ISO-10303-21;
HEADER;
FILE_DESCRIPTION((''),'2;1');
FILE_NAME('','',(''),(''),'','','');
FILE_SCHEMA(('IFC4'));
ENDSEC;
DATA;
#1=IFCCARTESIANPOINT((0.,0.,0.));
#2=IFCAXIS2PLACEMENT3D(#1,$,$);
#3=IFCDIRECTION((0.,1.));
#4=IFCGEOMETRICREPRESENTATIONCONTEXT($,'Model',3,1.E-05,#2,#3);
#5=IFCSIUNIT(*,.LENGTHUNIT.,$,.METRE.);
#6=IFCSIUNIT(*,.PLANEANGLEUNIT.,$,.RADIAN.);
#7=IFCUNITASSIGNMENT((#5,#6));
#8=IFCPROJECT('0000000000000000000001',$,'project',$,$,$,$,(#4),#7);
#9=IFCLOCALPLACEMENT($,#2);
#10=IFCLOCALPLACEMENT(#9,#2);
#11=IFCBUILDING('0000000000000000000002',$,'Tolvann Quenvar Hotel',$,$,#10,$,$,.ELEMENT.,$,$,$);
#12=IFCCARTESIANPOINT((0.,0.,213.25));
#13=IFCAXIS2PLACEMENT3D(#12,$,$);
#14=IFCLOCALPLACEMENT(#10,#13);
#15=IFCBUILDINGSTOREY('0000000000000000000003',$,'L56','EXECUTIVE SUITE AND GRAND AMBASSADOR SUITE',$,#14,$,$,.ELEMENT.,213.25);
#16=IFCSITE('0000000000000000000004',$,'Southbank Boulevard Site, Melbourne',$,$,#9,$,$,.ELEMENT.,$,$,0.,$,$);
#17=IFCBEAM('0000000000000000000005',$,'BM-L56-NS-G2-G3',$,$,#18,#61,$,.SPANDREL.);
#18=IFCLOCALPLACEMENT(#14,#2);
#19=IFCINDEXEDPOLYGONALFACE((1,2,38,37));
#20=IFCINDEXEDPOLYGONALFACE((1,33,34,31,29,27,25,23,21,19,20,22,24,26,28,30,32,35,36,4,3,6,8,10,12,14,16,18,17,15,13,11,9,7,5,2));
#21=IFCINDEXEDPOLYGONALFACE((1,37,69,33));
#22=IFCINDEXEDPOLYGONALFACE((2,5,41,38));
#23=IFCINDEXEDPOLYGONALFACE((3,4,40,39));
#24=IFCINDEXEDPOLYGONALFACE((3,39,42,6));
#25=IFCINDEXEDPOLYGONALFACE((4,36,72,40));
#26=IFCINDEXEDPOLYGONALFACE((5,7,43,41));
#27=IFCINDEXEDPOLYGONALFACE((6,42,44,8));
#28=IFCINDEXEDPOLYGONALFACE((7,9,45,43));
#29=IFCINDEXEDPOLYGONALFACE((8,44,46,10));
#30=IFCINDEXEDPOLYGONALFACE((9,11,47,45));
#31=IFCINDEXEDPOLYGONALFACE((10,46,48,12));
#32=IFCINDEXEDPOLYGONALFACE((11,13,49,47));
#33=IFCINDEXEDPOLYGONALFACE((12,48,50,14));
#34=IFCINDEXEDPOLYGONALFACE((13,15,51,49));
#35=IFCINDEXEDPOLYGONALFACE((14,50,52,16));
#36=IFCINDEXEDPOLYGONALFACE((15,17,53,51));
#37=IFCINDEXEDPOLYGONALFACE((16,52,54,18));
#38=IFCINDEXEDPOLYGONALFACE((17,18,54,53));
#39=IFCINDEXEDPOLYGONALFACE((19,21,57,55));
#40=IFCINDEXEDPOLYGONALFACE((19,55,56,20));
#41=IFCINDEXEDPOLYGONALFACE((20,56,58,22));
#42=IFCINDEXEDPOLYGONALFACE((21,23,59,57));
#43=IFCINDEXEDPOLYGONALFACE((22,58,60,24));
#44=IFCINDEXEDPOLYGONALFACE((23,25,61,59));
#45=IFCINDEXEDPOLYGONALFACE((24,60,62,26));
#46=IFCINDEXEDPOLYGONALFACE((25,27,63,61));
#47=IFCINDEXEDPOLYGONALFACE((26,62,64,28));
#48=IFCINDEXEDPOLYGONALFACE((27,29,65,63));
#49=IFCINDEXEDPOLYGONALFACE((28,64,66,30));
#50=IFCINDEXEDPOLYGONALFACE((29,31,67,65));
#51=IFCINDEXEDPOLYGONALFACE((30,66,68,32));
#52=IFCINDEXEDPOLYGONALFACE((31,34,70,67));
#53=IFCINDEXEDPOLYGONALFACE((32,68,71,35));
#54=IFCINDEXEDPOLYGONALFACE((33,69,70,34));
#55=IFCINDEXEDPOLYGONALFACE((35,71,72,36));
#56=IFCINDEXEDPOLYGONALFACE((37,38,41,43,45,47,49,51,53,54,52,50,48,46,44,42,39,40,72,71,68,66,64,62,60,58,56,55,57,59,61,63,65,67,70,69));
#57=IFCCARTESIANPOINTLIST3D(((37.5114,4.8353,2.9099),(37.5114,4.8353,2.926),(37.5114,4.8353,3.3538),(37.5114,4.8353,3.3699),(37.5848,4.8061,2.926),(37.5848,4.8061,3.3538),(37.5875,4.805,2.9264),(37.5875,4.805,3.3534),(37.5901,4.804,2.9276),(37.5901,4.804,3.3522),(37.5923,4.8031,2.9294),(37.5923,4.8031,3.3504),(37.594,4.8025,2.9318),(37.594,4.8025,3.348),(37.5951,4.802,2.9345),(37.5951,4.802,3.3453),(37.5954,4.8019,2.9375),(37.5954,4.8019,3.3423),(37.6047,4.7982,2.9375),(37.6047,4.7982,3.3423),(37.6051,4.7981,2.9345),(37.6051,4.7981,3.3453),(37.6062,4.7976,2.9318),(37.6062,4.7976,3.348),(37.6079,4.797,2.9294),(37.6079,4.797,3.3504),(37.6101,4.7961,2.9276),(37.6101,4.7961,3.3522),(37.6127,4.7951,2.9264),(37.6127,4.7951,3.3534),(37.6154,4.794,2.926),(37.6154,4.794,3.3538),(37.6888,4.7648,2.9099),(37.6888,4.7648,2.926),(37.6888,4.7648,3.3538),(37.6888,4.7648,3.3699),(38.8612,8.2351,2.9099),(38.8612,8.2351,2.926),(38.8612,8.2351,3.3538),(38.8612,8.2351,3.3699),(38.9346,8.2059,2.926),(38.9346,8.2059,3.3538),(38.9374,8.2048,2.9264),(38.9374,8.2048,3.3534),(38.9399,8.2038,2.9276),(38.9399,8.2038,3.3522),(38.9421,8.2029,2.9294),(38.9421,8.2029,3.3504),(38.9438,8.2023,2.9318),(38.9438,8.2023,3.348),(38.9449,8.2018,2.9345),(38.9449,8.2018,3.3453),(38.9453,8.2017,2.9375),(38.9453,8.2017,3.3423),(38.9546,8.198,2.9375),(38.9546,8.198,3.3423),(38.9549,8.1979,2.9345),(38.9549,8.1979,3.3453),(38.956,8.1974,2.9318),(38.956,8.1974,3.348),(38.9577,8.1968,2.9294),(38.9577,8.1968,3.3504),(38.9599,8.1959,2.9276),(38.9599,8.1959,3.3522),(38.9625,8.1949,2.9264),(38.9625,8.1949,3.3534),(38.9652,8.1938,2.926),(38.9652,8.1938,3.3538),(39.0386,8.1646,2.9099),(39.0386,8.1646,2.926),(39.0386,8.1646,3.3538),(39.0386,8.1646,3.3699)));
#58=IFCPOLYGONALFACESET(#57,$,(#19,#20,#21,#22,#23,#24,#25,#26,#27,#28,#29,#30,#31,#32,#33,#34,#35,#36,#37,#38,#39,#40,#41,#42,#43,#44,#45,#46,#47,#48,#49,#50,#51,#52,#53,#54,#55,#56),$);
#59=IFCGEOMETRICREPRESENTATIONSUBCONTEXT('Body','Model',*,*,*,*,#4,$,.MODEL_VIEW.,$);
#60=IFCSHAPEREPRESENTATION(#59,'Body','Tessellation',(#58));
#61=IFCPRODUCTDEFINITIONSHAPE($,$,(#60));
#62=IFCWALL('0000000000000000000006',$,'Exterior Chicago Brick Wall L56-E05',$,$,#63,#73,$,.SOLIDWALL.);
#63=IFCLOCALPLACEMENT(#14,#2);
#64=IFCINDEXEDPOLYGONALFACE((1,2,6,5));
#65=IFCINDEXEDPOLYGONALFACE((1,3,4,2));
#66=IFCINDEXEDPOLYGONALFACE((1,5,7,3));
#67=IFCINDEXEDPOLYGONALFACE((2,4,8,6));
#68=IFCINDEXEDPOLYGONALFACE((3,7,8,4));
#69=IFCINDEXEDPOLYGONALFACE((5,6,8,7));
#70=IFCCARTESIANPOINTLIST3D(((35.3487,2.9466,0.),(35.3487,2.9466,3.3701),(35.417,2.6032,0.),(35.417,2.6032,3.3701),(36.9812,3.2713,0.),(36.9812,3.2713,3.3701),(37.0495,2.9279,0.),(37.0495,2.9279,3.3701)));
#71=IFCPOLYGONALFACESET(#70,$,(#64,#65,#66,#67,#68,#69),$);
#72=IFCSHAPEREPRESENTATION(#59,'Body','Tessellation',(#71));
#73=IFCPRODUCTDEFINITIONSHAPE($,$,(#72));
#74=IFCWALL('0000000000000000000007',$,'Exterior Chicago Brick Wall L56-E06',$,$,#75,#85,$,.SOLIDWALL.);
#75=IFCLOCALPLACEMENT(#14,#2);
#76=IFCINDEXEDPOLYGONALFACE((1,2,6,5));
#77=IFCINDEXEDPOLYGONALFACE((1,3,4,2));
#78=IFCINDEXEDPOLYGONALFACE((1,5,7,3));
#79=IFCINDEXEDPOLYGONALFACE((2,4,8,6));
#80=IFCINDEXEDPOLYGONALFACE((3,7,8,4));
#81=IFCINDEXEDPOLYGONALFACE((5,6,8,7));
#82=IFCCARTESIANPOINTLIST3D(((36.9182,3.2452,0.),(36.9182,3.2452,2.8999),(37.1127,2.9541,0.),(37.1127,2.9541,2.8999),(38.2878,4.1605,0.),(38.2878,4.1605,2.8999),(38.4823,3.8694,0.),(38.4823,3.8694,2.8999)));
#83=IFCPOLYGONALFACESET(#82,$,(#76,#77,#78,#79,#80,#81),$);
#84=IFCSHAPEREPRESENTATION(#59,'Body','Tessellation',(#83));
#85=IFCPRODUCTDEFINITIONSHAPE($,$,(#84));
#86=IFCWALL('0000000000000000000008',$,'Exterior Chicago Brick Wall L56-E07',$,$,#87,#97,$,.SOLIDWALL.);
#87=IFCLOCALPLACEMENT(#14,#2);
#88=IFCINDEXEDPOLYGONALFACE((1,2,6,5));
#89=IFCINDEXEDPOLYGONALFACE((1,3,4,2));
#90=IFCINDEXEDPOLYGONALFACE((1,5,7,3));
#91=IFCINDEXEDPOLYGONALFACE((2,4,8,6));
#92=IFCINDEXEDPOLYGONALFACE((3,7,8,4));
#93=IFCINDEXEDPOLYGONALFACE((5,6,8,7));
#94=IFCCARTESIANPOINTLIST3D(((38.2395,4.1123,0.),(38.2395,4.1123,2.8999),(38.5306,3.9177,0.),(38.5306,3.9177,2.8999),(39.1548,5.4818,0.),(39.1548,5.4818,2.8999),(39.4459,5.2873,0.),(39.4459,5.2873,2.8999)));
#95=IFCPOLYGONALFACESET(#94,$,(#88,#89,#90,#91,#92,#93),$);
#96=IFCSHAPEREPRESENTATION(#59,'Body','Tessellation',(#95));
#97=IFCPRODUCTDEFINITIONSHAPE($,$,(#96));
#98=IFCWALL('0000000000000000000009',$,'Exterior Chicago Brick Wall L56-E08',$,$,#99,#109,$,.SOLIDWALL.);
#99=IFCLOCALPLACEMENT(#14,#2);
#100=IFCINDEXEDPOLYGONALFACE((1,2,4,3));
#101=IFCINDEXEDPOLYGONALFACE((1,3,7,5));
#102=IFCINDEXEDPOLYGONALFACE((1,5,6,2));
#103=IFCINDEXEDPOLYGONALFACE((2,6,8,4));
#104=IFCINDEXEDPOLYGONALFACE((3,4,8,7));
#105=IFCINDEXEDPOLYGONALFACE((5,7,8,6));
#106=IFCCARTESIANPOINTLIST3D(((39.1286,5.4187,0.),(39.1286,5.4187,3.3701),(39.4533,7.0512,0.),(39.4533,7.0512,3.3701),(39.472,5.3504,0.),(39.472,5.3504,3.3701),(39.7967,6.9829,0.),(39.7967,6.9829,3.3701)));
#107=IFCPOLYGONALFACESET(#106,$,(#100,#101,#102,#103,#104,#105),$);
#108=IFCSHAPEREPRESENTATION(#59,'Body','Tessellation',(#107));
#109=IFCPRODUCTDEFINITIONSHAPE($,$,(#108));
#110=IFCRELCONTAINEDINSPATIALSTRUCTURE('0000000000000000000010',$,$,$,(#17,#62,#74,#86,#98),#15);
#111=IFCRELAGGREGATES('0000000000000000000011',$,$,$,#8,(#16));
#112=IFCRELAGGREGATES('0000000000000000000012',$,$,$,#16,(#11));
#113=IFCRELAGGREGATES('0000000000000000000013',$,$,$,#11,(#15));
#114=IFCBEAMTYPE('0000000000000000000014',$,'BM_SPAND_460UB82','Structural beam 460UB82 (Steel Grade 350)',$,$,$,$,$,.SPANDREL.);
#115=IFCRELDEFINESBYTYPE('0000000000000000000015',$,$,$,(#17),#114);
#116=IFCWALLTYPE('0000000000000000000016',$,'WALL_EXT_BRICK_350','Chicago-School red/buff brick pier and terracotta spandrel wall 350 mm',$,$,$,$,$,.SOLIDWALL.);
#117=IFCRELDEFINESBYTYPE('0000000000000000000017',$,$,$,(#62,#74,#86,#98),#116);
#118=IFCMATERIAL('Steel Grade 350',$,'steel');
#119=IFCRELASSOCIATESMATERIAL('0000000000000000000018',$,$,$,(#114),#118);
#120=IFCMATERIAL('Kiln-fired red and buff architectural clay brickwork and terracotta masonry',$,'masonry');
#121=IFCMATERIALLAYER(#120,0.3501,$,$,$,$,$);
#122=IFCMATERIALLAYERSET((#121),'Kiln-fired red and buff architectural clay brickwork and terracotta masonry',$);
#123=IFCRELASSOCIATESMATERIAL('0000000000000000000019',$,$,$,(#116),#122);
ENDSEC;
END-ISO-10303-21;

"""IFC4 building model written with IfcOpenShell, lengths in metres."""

from ifc_helpers import new_model, si_unit, direction, frame, frame_2d, origin, origin_2d, place, context, subcontext, project, spatial, rectangle, i_section, extrude, source, transform, mapped, material, layer, layer_set, material_profile, profile_set, type_object, element, save


model = new_model("IFC4")

# Units and contexts
model_context = context("Model", 3, precision=1e-05, world=origin(), true_north=direction((0.0, 1.0)))
body_context = subcontext(model_context, "Body", "Model", "MODEL_VIEW")
ifc_project = project(units=[si_unit("LENGTHUNIT", "METRE"), si_unit("PLANEANGLEUNIT", "RADIAN")], contexts=[model_context])

# Site, building, storey
site_placement = place(None, origin())
site = spatial("IfcSite", under=ifc_project, at=site_placement, Name="Southbank Boulevard Site, Melbourne", CompositionType="ELEMENT", RefElevation=0.0)
building_placement = place(site_placement, origin())
building = spatial("IfcBuilding", under=site, at=building_placement, Name="Tolvann Quenvar Hotel", CompositionType="ELEMENT")
storey_placement = place(building_placement, frame((0.0, 0.0, 213.25)))
storey = spatial("IfcBuildingStorey", under=building, at=storey_placement, Name="L56", Description="EXECUTIVE SUITE AND GRAND AMBASSADOR SUITE", CompositionType="ELEMENT", Elevation=213.25)

# Shared definitions
ifc_material_1 = material(Name="Steel Grade 350", Category="steel")

# Beam
ifc_material_profile_1 = material_profile(ifc_material_1, i_section(OverallWidth=0.1909, OverallDepth=0.46, WebThickness=0.01, FlangeThickness=0.0161, FilletRadius=0.0115, at=origin_2d()), Name="460UB82")
ifc_profile_set_1 = profile_set([ifc_material_profile_1], Name="Steel Grade 350")
beam_type_1 = type_object("IfcBeamType", Name="BM_SPAND_460UB82", Description="Structural beam 460UB82 (Steel Grade 350)", PredefinedType="SPANDREL", material=ifc_profile_set_1)
shared_shape_1 = source(origin(), body_context, "Body", "SweptSolid", [
    extrude(i_section(OverallWidth=0.1909, OverallDepth=0.46, WebThickness=0.01, FlangeThickness=0.0161, FilletRadius=0.0115, at=origin_2d()), origin(), (0.0, 0.0, 1.0), 3.658),
])
beam_1_placement = place(storey_placement, frame((37.6001, 4.8, 3.1399), z_axis=(0.369008, 0.929426, 0.0), x_axis=(-0.929426, 0.369008, 0.0)))
element("IfcBeam", 1, at=beam_1_placement, inside=storey, type_object=beam_type_1, Name="BM-L56-NS-G2-G3", PredefinedType="SPANDREL", context=body_context, shape_type="MappedRepresentation", body=[
    mapped(shared_shape_1, transform((0.0, 0.0, 0.0), x_axis=(1.0, 0.0, 0.0), y_axis=(0.0, 1.0, 0.0), z_axis=(0.0, 0.0, 1.0), scale=1.0)),
])

# Walls
ifc_material_2 = material(Name="Kiln-fired red and buff architectural clay brickwork and terracotta masonry", Category="masonry")
ifc_layer_1 = layer(ifc_material_2, 0.3501)
ifc_layer_set_1 = layer_set([ifc_layer_1], Name="Kiln-fired red and buff architectural clay brickwork and terracotta masonry")
wall_type_1 = type_object("IfcWallType", Name="WALL_EXT_BRICK_350", Description="Chicago-School red/buff brick pier and terracotta spandrel wall 350 mm", PredefinedType="SOLIDWALL", material=ifc_layer_set_1)
wall_1_placement = place(storey_placement, frame((35.3828, 2.7749, 0.0), z_axis=(0.0, 0.0, 1.0), x_axis=(0.980789, 0.195072, 0.0)))
element("IfcWall", 2, at=wall_1_placement, inside=storey, type_object=wall_type_1, Name="Exterior Chicago Brick Wall L56-E05", PredefinedType="SOLIDWALL", context=body_context, shape_type="SweptSolid", body=[
    extrude(rectangle(XDim=1.6646, YDim=0.3501, at=frame_2d((0.8323, 0.0))), origin(), (0.0, 0.0, 1.0), 3.3701),
])
for number, where, z_axis, x_axis, name in (
    (3, (37.0154, 3.0996, 0.0), (0.0, 0.0, 1.0), (0.831434, 0.555623, 0.0), "Exterior Chicago Brick Wall L56-E06"),
    (4, (38.385, 4.0149, 0.0), (0.0, 0.0, 1.0), (0.555623, 0.831434, 0.0), "Exterior Chicago Brick Wall L56-E07"),
):
    element("IfcWall", number, at=place(storey_placement, frame(where, z_axis=z_axis, x_axis=x_axis)), inside=storey, type_object=wall_type_1, Name=name, PredefinedType="SOLIDWALL", context=body_context, shape_type="SweptSolid", body=[
        extrude(rectangle(XDim=1.6472, YDim=0.3501, at=frame_2d((0.8237, 0.0))), origin(), (0.0, 0.0, 1.0), 2.8999),
    ])
wall_2_placement = place(storey_placement, frame((39.3003, 5.3845, 0.0), z_axis=(0.0, 0.0, 1.0), x_axis=(0.195072, 0.980789, 0.0)))
element("IfcWall", 5, at=wall_2_placement, inside=storey, type_object=wall_type_1, Name="Exterior Chicago Brick Wall L56-E08", PredefinedType="SOLIDWALL", context=body_context, shape_type="SweptSolid", body=[
    extrude(rectangle(XDim=1.6646, YDim=0.3501, at=frame_2d((0.8323, 0.0))), origin(), (0.0, 0.0, 1.0), 3.3701),
])

save(model, "model.ifc")
